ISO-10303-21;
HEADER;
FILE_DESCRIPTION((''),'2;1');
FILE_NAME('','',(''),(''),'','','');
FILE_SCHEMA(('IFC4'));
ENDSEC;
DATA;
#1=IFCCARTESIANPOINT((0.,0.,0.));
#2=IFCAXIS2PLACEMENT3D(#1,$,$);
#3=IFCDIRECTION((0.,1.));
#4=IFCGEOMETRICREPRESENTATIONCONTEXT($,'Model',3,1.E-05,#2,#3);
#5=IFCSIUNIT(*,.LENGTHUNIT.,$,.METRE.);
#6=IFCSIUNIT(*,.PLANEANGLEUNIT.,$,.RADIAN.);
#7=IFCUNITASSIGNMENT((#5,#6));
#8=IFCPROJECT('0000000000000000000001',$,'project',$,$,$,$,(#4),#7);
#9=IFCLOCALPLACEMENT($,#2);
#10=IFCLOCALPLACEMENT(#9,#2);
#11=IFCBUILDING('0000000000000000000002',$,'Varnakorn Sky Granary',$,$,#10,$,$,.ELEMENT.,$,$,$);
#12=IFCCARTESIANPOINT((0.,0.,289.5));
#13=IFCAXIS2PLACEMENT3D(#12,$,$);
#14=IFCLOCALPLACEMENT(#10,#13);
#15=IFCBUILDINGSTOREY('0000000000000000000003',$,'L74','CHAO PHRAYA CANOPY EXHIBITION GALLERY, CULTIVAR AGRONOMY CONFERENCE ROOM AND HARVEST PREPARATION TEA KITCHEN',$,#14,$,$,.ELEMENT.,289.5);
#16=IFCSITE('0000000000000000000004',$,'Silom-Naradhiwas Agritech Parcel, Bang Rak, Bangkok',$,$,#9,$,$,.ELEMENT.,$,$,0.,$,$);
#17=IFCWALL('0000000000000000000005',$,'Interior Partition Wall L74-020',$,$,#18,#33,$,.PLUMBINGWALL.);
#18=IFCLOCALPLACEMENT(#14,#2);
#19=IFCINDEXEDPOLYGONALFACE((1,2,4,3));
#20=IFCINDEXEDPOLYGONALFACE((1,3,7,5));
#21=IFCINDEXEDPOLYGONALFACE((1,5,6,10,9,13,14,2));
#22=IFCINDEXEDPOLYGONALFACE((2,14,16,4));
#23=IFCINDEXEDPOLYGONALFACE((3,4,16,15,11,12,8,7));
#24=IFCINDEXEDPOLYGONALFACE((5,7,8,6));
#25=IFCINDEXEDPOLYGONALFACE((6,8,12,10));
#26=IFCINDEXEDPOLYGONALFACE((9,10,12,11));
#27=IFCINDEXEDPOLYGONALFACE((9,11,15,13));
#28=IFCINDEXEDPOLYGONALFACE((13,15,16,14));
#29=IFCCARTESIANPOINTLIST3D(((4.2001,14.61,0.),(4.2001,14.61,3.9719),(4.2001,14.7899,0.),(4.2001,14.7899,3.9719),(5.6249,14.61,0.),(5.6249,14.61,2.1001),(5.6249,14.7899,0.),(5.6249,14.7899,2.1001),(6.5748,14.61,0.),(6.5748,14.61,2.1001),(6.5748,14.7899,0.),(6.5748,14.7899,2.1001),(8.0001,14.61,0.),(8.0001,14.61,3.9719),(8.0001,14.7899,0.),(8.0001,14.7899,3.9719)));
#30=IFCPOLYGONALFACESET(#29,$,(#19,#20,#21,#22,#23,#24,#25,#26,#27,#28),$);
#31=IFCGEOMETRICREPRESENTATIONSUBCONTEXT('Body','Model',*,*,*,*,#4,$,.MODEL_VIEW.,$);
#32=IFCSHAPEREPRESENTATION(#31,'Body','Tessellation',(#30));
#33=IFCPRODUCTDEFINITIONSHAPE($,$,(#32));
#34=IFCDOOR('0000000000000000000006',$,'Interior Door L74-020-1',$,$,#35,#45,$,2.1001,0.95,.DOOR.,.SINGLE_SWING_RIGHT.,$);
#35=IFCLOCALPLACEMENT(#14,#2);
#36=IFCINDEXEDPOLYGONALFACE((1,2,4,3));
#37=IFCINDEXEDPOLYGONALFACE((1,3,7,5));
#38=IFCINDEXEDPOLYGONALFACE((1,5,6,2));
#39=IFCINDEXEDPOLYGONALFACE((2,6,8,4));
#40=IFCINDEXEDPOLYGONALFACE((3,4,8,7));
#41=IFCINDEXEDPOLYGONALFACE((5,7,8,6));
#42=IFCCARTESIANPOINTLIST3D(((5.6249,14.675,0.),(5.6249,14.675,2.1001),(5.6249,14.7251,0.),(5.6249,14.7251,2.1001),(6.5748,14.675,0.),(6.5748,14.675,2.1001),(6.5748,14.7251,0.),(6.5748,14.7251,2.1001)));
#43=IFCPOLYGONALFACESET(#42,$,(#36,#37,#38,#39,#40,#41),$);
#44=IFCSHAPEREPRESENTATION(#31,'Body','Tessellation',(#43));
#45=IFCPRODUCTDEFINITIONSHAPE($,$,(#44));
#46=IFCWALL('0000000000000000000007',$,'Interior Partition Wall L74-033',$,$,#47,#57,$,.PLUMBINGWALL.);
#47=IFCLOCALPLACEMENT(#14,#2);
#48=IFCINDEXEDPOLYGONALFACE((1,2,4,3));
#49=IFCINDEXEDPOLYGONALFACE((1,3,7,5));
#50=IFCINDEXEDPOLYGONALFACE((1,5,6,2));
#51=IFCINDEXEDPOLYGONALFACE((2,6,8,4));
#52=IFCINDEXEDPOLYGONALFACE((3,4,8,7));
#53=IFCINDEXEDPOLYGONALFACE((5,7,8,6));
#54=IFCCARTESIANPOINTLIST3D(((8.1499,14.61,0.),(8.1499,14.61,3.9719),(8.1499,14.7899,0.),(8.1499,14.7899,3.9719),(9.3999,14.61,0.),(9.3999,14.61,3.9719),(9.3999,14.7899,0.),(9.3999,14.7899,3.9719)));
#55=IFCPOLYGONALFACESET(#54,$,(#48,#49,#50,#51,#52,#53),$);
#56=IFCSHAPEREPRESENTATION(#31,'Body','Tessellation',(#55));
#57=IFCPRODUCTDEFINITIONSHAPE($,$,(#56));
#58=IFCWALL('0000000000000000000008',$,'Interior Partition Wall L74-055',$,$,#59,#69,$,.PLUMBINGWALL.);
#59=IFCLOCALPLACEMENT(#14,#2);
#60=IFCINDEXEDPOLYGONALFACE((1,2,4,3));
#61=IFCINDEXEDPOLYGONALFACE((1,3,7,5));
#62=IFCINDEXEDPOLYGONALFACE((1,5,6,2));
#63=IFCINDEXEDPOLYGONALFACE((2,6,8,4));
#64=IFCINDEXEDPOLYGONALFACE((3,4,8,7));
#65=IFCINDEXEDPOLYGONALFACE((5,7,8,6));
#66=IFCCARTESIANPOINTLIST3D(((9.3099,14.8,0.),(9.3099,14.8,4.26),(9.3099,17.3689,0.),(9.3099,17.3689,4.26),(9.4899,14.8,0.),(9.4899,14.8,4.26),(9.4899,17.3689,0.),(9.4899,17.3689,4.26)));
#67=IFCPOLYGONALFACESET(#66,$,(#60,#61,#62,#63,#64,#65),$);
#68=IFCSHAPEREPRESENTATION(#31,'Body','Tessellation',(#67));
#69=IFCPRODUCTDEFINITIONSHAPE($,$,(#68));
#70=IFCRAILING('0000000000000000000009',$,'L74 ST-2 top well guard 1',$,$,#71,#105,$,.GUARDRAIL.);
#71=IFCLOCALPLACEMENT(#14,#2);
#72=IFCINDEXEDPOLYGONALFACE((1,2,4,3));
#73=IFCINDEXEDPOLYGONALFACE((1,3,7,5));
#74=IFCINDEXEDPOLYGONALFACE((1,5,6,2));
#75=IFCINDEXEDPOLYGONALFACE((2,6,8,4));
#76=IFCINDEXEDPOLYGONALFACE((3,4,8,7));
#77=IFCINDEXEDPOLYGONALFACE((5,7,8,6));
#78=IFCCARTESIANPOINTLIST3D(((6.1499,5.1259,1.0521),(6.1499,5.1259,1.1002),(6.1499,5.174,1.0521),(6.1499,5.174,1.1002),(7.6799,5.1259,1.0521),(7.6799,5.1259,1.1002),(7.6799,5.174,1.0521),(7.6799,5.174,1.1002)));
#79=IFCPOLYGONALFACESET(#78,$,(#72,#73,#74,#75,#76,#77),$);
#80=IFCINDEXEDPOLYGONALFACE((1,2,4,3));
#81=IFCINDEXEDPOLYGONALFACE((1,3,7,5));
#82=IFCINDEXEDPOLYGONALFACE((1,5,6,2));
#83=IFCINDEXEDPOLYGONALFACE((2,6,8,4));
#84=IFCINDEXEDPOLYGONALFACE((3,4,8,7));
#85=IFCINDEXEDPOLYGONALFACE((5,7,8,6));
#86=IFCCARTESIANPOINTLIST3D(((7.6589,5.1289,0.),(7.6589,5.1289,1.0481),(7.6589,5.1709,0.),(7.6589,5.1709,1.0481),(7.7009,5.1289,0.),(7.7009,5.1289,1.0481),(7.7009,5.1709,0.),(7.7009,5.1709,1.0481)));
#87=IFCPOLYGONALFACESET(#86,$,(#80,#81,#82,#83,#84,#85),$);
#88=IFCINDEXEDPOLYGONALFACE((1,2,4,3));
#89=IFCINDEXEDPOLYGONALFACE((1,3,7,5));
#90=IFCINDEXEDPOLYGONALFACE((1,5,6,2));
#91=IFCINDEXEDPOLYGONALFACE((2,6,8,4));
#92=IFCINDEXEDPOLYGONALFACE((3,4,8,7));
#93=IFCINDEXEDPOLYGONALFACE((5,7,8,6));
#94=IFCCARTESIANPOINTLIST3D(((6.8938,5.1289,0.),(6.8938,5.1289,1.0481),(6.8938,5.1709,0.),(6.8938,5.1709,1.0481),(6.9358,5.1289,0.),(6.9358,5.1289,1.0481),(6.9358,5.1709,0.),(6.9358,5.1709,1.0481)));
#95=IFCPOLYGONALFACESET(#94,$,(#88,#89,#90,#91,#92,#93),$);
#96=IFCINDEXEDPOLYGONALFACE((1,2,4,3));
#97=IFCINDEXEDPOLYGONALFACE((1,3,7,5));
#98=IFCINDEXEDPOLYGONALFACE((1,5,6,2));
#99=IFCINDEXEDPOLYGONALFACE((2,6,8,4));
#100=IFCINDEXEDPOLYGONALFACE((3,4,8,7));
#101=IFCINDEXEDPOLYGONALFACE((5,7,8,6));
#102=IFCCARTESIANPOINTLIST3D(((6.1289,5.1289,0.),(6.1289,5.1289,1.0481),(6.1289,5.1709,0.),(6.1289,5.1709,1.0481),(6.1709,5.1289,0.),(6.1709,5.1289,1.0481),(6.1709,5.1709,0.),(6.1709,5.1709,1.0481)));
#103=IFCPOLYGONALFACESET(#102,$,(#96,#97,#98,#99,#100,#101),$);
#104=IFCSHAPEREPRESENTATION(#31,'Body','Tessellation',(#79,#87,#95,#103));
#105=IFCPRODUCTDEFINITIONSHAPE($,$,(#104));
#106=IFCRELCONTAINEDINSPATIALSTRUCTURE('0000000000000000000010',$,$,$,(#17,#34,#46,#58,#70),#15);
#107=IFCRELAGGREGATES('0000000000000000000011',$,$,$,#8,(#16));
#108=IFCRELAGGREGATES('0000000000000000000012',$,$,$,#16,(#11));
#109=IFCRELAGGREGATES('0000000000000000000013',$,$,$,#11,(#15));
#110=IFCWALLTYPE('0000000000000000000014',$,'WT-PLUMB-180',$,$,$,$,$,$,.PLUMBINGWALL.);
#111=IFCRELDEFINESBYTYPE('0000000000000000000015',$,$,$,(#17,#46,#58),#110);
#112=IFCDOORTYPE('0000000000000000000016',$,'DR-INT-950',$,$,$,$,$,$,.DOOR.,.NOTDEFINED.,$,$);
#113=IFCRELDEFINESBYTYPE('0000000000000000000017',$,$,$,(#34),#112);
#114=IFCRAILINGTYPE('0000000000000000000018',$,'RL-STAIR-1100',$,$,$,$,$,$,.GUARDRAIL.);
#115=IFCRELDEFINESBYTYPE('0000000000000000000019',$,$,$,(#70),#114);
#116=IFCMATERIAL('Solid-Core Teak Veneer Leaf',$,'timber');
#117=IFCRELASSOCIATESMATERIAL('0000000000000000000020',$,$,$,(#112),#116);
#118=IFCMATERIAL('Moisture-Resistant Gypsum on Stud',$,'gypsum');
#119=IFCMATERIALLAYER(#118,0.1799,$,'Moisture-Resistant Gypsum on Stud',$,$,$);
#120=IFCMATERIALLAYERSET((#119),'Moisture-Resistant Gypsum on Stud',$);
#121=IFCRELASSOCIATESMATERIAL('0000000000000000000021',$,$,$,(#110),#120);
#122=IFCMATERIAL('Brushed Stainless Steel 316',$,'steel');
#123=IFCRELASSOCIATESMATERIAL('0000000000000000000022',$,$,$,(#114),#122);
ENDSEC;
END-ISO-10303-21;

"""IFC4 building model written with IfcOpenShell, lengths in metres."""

from ifc_helpers import new_model, si_unit, direction, frame, frame_2d, origin, origin_2d, place, context, subcontext, project, spatial, rectangle, extrude, material, layer, layer_set, type_object, element, fill, save


model = new_model("IFC4")

# Units and contexts
model_context = context("Model", 3, precision=1e-05, world=origin(), true_north=direction((0.0, 1.0)))
body_context = subcontext(model_context, "Body", "Model", "MODEL_VIEW")
ifc_project = project(units=[si_unit("LENGTHUNIT", "METRE"), si_unit("PLANEANGLEUNIT", "RADIAN")], contexts=[model_context])

# Site, building, storey
site_placement = place(None, origin())
site = spatial("IfcSite", under=ifc_project, at=site_placement, Name="Silom-Naradhiwas Agritech Parcel, Bang Rak, Bangkok", CompositionType="ELEMENT", RefElevation=0.0)
building_placement = place(site_placement, origin())
building = spatial("IfcBuilding", under=site, at=building_placement, Name="Varnakorn Sky Granary", CompositionType="ELEMENT")
storey_placement = place(building_placement, frame((0.0, 0.0, 289.5)))
storey = spatial("IfcBuildingStorey", under=building, at=storey_placement, Name="L74", Description="CHAO PHRAYA CANOPY EXHIBITION GALLERY, CULTIVAR AGRONOMY CONFERENCE ROOM AND HARVEST PREPARATION TEA KITCHEN", CompositionType="ELEMENT", Elevation=289.5)

# Shared definitions
ifc_material_1 = material(Name="Solid-Core Teak Veneer Leaf", Category="timber")
door_type_1 = type_object("IfcDoorType", Name="DR-INT-950", OperationType="NOTDEFINED", PredefinedType="DOOR", material=ifc_material_1)

# Wall, opening, door
ifc_material_2 = material(Name="Moisture-Resistant Gypsum on Stud", Category="gypsum")
ifc_layer_1 = layer(ifc_material_2, 0.1799, Name="Moisture-Resistant Gypsum on Stud")
ifc_layer_set_1 = layer_set([ifc_layer_1], Name="Moisture-Resistant Gypsum on Stud")
wall_type_1 = type_object("IfcWallType", Name="WT-PLUMB-180", PredefinedType="PLUMBINGWALL", material=ifc_layer_set_1)
wall_1_placement = place(storey_placement, frame((8.0, 14.7, 0.0), z_axis=(0.0, 0.0, 1.0), x_axis=(-1.0, 0.0, 0.0)))
wall_1 = element("IfcWall", 1, at=wall_1_placement, inside=storey, type_object=wall_type_1, Name="Interior Partition Wall L74-020", PredefinedType="PLUMBINGWALL", context=body_context, shape_type="SweptSolid", body=[
    extrude(rectangle(XDim=3.8, YDim=0.1799, at=frame_2d((1.8999, 0.0))), origin(), (0.0, 0.0, 1.0), 3.9719),
])
opening_1_placement = place(wall_1_placement, frame((1.425, 0.0, 0.0)))
opening_1 = element("IfcOpeningElement", 2, at=opening_1_placement, cuts=wall_1, PredefinedType="OPENING", context=body_context, shape_type="SweptSolid", body=[
    extrude(rectangle(XDim=0.95, YDim=2.1001, at=frame_2d((0.4751, 1.05))), frame((0.0, 0.1001, 0.0), z_axis=(0.0, -1.0, 0.0), x_axis=(1.0, 0.0, 0.0)), (0.0, 0.0, 1.0), 0.2),
])
door_1_placement = place(opening_1_placement, origin())
door_1 = element("IfcDoor", 3, at=door_1_placement, inside=storey, type_object=door_type_1, Name="Interior Door L74-020-1", OperationType="SINGLE_SWING_RIGHT", OverallHeight=2.1001, OverallWidth=0.95, PredefinedType="DOOR", context=body_context, shape_type="SweptSolid", body=[
    extrude(rectangle(XDim=0.95, YDim=2.1001, at=frame_2d((0.4751, 1.05))), frame((0.0, 0.0249, 0.0), z_axis=(0.0, -1.0, 0.0), x_axis=(1.0, 0.0, 0.0)), (0.0, 0.0, 1.0), 0.05),
])
fill(opening_1, door_1)

# Walls
wall_2_placement = place(storey_placement, frame((9.3999, 14.7, 0.0), z_axis=(0.0, 0.0, 1.0), x_axis=(-1.0, 0.0, 0.0)))
element("IfcWall", 4, at=wall_2_placement, inside=storey, type_object=wall_type_1, Name="Interior Partition Wall L74-033", PredefinedType="PLUMBINGWALL", context=body_context, shape_type="SweptSolid", body=[
    extrude(rectangle(XDim=1.25, YDim=0.1799, at=frame_2d((0.625, 0.0))), origin(), (0.0, 0.0, 1.0), 3.9719),
])
wall_3_placement = place(storey_placement, frame((9.3999, 14.8, 0.0), z_axis=(0.0, 0.0, 1.0), x_axis=(0.0, 1.0, 0.0)))
element("IfcWall", 5, at=wall_3_placement, inside=storey, type_object=wall_type_1, Name="Interior Partition Wall L74-055", PredefinedType="PLUMBINGWALL", context=body_context, shape_type="SweptSolid", body=[
    extrude(rectangle(XDim=2.5688, YDim=0.1799, at=frame_2d((1.2844, 0.0))), origin(), (0.0, 0.0, 1.0), 4.26),
])

# Railing
ifc_material_3 = material(Name="Brushed Stainless Steel 316", Category="steel")
railing_type = type_object("IfcRailingType", Name="RL-STAIR-1100", PredefinedType="GUARDRAIL", material=ifc_material_3)
railing_placement = place(storey_placement, frame((7.6799, 5.1499, 0.0)))
element("IfcRailing", 6, at=railing_placement, inside=storey, type_object=railing_type, Name="L74 ST-2 top well guard 1", PredefinedType="GUARDRAIL", context=body_context, shape_type="SweptSolid", body=[
    extrude(rectangle(XDim=0.0481, YDim=0.0481, at=origin_2d()), frame((0.0, 0.0, 1.0762), z_axis=(-1.0, 0.0, 0.0), x_axis=(0.0, -1.0, 0.0)), (0.0, 0.0, 1.0), 1.53),
    extrude(rectangle(XDim=0.042, YDim=0.042, at=origin_2d()), origin(), (0.0, 0.0, 1.0), 1.0481),
    extrude(rectangle(XDim=0.042, YDim=0.042, at=origin_2d()), frame((-0.7651, 0.0, 0.0)), (0.0, 0.0, 1.0), 1.0481),
    extrude(rectangle(XDim=0.042, YDim=0.042, at=origin_2d()), frame((-1.53, 0.0, 0.0)), (0.0, 0.0, 1.0), 1.0481),
])

save(model, "model.ifc")
